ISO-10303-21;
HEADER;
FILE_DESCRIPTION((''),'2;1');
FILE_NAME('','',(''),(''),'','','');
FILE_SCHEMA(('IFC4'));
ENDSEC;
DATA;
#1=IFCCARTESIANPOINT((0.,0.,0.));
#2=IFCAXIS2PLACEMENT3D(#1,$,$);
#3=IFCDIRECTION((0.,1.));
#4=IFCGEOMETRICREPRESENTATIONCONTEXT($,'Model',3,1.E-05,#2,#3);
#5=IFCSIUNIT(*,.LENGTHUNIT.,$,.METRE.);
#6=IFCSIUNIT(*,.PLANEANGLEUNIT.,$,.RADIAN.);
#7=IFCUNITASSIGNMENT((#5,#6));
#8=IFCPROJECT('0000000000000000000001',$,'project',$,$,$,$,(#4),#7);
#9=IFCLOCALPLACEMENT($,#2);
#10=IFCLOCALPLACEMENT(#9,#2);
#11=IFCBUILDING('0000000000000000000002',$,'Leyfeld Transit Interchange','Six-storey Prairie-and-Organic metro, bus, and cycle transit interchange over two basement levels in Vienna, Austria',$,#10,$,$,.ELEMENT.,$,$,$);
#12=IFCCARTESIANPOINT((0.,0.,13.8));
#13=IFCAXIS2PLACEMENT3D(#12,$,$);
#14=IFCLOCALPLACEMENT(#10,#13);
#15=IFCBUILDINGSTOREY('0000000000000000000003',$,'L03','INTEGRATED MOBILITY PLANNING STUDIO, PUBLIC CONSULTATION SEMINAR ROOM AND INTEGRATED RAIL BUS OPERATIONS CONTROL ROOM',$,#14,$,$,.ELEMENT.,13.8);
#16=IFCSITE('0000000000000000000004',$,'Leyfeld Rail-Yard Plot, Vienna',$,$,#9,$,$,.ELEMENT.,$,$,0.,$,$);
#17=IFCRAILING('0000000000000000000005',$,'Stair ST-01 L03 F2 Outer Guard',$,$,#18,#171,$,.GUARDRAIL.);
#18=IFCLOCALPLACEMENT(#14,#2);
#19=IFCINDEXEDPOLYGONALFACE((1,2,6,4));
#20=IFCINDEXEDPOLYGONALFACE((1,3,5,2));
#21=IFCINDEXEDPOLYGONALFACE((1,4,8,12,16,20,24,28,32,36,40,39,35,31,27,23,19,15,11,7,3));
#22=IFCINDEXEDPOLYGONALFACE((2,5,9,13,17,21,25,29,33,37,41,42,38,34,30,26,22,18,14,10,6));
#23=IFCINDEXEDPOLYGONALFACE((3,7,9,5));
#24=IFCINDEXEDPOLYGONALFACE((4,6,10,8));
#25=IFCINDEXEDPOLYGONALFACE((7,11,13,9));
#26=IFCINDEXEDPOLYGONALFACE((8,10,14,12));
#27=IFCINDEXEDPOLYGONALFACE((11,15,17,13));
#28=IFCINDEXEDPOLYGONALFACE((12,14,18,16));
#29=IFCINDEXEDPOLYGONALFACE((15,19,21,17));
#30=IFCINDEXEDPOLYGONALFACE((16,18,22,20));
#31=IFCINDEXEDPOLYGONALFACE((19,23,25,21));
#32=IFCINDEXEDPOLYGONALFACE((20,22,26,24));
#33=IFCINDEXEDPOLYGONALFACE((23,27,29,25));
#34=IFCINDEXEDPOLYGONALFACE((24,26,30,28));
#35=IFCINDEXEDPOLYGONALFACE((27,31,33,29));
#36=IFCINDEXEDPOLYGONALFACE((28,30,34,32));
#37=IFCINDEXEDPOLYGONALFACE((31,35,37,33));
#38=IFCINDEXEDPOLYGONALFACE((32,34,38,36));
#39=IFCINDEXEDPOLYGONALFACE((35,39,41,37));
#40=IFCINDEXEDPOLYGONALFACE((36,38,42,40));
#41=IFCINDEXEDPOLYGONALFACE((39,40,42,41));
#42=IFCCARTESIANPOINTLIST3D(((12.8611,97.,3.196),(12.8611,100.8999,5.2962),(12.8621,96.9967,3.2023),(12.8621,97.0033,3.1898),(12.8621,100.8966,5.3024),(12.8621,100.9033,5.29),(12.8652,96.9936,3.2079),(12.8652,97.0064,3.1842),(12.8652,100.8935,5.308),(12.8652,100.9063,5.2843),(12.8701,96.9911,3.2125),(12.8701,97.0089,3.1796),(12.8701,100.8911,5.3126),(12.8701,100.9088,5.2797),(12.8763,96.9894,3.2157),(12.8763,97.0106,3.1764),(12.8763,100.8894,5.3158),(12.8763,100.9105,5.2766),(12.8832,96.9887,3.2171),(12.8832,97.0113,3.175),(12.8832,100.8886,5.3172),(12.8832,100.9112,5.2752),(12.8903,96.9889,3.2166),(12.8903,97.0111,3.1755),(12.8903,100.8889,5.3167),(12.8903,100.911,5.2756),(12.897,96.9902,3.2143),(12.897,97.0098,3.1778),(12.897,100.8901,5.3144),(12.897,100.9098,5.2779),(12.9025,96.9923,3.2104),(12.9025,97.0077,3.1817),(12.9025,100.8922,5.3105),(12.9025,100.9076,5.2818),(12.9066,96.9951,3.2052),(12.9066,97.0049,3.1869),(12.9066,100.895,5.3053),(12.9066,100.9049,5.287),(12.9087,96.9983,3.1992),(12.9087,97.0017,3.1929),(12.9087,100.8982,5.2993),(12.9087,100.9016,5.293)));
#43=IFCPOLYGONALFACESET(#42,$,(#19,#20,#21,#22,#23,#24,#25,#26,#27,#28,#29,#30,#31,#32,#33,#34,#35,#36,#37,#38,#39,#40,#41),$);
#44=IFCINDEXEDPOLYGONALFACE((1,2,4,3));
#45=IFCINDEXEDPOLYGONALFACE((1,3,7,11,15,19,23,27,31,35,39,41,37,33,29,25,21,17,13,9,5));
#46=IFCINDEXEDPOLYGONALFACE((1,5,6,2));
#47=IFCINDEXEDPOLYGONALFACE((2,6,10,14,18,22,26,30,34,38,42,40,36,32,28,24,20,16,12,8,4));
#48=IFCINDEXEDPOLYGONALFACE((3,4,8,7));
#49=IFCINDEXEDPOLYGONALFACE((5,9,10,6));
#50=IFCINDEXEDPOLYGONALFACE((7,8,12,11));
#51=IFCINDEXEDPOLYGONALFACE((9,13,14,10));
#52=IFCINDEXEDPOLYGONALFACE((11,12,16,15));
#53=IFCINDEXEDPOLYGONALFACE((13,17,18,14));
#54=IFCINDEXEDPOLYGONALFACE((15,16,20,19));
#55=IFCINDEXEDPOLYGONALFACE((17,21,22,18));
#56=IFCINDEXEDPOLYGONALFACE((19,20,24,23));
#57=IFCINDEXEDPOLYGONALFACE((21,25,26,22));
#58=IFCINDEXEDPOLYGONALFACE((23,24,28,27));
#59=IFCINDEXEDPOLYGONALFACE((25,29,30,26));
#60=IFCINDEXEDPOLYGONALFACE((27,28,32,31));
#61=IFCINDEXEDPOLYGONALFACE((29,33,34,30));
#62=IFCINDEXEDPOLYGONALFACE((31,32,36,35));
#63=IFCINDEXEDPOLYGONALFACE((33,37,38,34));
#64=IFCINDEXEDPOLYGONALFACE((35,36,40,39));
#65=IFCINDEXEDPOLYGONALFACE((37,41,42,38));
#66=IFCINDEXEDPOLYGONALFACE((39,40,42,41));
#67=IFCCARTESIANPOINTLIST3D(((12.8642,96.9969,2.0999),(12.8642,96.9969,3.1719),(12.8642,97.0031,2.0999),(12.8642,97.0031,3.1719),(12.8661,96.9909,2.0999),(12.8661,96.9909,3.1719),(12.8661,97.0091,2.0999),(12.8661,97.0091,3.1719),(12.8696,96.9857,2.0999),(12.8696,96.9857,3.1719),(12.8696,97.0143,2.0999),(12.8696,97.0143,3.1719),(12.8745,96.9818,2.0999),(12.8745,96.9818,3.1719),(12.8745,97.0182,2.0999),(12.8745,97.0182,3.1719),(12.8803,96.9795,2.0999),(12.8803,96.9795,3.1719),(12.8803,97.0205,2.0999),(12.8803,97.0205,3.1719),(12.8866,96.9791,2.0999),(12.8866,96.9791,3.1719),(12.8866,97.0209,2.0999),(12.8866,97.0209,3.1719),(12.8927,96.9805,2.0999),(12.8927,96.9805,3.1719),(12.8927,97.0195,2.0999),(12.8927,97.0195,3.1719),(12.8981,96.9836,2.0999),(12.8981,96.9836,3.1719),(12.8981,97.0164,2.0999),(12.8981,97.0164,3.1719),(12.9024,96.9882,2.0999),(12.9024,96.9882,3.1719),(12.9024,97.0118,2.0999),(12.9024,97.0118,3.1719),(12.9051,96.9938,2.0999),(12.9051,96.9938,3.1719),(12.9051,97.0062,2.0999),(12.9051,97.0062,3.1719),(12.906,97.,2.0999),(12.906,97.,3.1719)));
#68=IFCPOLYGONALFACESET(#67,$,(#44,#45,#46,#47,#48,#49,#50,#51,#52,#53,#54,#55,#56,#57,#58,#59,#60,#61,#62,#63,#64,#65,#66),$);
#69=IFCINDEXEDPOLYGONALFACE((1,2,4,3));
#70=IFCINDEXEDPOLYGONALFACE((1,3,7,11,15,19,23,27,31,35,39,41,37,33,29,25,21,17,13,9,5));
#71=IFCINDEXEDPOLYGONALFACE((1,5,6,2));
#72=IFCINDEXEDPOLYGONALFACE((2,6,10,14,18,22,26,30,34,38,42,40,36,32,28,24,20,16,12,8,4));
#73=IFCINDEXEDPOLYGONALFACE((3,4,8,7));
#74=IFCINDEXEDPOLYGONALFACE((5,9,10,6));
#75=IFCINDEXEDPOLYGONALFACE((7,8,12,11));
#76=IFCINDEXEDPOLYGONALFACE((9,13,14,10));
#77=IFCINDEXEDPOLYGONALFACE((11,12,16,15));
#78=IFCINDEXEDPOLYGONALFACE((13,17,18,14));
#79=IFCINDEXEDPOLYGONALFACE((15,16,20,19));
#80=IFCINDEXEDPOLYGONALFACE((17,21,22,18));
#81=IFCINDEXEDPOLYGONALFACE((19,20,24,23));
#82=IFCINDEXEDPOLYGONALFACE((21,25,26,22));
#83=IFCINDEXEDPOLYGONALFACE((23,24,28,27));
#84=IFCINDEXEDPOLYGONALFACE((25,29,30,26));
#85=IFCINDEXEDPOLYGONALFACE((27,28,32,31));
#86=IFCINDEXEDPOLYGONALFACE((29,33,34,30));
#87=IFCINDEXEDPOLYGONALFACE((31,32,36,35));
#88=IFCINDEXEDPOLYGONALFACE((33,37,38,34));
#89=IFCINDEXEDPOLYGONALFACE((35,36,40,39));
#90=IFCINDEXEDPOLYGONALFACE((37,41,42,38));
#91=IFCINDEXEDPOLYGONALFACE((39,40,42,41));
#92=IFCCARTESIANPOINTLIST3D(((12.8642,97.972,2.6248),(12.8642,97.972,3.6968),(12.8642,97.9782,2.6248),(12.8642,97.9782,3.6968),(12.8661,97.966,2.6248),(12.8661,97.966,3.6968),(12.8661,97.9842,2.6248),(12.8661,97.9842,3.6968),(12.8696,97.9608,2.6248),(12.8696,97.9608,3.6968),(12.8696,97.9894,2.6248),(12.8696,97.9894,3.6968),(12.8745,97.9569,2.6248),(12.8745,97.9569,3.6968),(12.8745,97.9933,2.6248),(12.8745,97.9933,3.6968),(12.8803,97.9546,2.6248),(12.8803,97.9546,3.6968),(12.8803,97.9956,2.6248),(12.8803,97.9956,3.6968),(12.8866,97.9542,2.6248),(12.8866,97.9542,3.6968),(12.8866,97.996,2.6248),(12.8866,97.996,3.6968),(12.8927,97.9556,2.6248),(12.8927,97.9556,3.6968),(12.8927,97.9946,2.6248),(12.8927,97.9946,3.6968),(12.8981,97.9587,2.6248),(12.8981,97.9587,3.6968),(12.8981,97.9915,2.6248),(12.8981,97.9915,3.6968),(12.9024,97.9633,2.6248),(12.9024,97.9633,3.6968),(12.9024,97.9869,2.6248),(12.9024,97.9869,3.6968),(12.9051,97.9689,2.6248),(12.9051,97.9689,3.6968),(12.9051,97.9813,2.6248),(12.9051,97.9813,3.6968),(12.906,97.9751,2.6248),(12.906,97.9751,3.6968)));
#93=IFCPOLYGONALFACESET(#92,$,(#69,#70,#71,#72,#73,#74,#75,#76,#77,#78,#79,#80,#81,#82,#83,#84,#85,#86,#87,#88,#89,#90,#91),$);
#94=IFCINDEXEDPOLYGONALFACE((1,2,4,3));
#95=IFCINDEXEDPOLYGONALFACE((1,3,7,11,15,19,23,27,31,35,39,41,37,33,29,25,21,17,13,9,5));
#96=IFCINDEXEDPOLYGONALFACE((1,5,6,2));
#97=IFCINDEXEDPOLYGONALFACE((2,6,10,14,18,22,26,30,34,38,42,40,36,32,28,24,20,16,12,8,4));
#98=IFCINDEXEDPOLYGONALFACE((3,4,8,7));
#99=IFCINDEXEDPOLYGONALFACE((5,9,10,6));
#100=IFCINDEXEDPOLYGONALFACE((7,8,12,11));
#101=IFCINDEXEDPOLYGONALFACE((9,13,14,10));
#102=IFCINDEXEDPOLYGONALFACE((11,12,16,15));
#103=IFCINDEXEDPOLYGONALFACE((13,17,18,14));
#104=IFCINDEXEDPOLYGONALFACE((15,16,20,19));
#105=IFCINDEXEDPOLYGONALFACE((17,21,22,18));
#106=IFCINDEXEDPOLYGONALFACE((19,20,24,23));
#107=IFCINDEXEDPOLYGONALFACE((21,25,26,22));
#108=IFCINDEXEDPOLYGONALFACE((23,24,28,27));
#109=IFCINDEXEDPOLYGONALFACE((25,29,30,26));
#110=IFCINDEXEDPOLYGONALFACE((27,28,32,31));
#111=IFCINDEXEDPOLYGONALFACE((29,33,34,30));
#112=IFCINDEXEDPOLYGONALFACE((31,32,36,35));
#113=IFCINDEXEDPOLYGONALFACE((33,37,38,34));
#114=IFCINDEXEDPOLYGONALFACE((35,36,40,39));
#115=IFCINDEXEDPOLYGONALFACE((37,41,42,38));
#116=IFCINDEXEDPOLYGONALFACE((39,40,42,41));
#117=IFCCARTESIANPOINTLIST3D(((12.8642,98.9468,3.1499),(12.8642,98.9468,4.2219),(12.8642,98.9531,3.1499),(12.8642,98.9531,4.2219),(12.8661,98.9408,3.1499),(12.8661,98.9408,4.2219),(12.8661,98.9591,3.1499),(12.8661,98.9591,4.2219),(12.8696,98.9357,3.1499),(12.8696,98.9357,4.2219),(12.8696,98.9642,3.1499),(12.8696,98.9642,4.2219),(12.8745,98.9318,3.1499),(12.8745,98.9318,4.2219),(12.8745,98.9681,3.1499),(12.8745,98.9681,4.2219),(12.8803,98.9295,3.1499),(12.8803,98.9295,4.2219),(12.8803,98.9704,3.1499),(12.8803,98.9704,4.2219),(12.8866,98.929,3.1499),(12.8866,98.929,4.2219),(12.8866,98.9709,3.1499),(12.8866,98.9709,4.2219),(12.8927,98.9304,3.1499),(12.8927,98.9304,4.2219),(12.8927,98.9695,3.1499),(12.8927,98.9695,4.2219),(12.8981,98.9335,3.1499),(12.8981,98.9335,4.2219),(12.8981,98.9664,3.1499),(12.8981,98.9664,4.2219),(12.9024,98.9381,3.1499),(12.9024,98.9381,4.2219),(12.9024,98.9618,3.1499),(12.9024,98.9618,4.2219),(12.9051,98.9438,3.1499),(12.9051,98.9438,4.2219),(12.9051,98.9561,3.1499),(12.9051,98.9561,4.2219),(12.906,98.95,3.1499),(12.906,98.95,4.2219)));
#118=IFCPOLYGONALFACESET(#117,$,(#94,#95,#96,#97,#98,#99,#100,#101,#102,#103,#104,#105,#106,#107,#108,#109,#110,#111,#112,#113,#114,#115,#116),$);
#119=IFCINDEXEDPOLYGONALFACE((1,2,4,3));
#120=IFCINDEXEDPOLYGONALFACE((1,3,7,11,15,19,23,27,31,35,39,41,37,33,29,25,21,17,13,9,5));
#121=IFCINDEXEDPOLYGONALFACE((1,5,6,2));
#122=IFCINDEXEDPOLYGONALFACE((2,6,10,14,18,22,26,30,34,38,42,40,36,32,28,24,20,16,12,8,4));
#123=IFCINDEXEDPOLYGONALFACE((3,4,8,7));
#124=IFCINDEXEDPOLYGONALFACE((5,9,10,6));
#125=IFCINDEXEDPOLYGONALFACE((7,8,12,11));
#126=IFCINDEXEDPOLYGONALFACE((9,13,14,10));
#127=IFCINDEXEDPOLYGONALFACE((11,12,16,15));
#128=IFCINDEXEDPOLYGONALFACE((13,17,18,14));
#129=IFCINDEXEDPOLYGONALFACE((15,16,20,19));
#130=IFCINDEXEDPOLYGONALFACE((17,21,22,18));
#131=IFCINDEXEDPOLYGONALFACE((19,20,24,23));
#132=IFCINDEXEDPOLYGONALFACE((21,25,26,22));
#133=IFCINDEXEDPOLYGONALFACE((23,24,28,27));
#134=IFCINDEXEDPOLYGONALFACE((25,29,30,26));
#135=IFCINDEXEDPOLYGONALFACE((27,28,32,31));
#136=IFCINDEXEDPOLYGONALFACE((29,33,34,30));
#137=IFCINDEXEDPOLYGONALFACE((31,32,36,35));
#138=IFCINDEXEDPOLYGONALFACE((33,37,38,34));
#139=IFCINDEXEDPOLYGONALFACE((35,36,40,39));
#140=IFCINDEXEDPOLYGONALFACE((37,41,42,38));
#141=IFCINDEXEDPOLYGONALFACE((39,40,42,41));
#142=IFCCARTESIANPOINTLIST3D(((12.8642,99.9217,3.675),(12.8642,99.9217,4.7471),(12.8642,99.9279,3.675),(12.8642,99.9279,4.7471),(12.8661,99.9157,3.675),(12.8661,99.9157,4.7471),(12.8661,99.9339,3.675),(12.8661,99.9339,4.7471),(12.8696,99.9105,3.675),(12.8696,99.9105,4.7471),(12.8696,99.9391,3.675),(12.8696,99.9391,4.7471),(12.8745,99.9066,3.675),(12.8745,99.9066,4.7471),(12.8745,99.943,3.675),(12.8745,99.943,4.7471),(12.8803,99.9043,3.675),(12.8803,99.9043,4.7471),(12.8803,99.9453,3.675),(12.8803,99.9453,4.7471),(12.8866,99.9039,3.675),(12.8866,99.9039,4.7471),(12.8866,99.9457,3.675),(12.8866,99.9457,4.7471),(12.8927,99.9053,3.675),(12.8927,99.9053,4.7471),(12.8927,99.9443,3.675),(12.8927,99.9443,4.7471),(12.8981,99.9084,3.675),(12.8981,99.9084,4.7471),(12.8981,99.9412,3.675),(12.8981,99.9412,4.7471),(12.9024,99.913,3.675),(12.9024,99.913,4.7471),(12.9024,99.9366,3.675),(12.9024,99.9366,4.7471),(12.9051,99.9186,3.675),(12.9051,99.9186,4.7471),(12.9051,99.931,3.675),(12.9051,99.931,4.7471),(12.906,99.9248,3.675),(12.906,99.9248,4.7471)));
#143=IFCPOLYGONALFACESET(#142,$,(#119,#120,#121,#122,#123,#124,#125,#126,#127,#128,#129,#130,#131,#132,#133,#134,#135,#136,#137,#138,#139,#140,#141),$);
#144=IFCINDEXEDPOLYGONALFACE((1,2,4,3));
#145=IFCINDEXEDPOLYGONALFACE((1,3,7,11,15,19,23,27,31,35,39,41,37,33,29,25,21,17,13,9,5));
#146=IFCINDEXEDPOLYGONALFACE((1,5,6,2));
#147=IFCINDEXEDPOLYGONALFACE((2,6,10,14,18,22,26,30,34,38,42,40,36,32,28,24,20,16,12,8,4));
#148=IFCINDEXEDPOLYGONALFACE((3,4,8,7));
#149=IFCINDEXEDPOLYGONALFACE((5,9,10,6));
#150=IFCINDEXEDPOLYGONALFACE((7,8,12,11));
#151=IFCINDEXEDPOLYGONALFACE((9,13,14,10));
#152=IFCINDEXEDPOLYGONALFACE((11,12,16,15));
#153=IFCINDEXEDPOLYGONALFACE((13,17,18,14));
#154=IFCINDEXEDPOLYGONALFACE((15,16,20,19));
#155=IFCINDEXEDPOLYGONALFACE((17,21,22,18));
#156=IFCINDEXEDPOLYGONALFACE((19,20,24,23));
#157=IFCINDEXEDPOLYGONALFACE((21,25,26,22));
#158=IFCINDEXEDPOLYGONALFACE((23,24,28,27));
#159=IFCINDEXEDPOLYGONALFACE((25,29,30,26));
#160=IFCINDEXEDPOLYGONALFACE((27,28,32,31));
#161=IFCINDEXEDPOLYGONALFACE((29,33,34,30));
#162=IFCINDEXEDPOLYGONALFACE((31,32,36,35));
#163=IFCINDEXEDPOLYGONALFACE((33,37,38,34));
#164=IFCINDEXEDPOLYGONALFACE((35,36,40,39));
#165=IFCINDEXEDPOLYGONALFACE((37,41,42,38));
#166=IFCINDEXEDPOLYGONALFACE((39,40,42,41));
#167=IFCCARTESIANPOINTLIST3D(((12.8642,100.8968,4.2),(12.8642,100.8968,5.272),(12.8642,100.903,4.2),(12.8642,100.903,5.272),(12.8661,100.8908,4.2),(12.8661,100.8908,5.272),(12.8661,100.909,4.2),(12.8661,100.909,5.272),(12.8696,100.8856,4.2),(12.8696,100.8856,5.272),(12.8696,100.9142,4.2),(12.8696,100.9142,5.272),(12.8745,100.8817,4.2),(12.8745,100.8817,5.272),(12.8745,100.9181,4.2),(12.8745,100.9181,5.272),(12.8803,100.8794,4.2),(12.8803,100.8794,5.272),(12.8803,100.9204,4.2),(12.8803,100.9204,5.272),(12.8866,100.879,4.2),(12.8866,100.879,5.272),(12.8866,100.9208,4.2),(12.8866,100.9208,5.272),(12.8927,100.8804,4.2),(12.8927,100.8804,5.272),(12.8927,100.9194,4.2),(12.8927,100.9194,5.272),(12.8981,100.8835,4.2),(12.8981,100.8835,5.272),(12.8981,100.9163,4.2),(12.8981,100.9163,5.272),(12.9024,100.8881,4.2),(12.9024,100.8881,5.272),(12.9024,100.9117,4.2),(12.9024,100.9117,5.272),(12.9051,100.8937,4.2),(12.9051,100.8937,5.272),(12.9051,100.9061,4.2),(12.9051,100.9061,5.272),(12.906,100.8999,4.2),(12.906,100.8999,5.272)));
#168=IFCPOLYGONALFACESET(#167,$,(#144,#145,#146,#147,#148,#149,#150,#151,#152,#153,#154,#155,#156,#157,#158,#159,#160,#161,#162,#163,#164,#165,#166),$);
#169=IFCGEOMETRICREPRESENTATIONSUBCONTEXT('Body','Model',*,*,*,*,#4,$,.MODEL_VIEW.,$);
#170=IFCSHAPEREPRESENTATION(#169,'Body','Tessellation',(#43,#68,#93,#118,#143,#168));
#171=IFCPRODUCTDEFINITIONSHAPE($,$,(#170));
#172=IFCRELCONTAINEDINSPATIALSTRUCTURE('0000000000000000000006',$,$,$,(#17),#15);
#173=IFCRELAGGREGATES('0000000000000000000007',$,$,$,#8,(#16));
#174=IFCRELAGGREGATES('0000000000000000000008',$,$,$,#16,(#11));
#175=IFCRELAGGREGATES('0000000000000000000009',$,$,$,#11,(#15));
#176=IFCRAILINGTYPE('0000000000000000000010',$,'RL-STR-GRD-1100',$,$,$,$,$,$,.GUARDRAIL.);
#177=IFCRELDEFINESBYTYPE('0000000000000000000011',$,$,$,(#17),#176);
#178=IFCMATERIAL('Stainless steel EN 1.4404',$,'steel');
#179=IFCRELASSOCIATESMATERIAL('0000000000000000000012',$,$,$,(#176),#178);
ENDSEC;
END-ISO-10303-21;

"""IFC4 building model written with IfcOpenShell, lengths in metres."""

from ifc_helpers import new_model, si_unit, direction, frame, origin, origin_2d, place, context, subcontext, project, spatial, circle, extrude, material, type_object, element, save


model = new_model("IFC4")

# Units and contexts
model_context = context("Model", 3, precision=1e-05, world=origin(), true_north=direction((0.0, 1.0)))
body_context = subcontext(model_context, "Body", "Model", "MODEL_VIEW")
ifc_project = project(units=[si_unit("LENGTHUNIT", "METRE"), si_unit("PLANEANGLEUNIT", "RADIAN")], contexts=[model_context])

# Site, building, storey
site_placement = place(None, origin())
site = spatial("IfcSite", under=ifc_project, at=site_placement, Name="Leyfeld Rail-Yard Plot, Vienna", CompositionType="ELEMENT", RefElevation=0.0)
building_placement = place(site_placement, origin())
building = spatial("IfcBuilding", under=site, at=building_placement, Name="Leyfeld Transit Interchange", Description="Six-storey Prairie-and-Organic metro, bus, and cycle transit interchange over two basement levels in Vienna, Austria", CompositionType="ELEMENT")
storey_placement = place(building_placement, frame((0.0, 0.0, 13.8)))
storey = spatial("IfcBuildingStorey", under=building, at=storey_placement, Name="L03", Description="INTEGRATED MOBILITY PLANNING STUDIO, PUBLIC CONSULTATION SEMINAR ROOM AND INTEGRATED RAIL BUS OPERATIONS CONTROL ROOM", CompositionType="ELEMENT", Elevation=13.8)

# Railing
ifc_material_1 = material(Name="Stainless steel EN 1.4404", Category="steel")
railing_type_1 = type_object("IfcRailingType", Name="RL-STR-GRD-1100", PredefinedType="GUARDRAIL", material=ifc_material_1)
for number, where, name in (
    (1, (12.885, 97.0, 2.0999), "Stair ST-01 L03 F2 Outer Guard"),
):
    element("IfcRailing", number, at=place(storey_placement, frame(where)), inside=storey, type_object=railing_type_1, Name=name, PredefinedType="GUARDRAIL", context=body_context, shape_type="SweptSolid", body=[
        extrude(circle(Radius=0.0239, at=origin_2d()), frame((0.0, 0.0, 1.0962), z_axis=(0.0, 0.880457, 0.474126), x_axis=(-1.0, 0.0, 0.0)), (0.0, 0.0, 1.0), 4.4294),
        extrude(circle(Radius=0.021, at=origin_2d()), origin(), (0.0, 0.0, 1.0), 1.072),
        extrude(circle(Radius=0.021, at=origin_2d()), frame((0.0, 0.9751, 0.5249)), (0.0, 0.0, 1.0), 1.072),
        extrude(circle(Radius=0.021, at=origin_2d()), frame((0.0, 1.95, 1.05)), (0.0, 0.0, 1.0), 1.072),
        extrude(circle(Radius=0.021, at=origin_2d()), frame((0.0, 2.9248, 1.5752)), (0.0, 0.0, 1.0), 1.072),
        extrude(circle(Radius=0.021, at=origin_2d()), frame((0.0, 3.8999, 2.1001)), (0.0, 0.0, 1.0), 1.072),
    ])

save(model, "model.ifc")
